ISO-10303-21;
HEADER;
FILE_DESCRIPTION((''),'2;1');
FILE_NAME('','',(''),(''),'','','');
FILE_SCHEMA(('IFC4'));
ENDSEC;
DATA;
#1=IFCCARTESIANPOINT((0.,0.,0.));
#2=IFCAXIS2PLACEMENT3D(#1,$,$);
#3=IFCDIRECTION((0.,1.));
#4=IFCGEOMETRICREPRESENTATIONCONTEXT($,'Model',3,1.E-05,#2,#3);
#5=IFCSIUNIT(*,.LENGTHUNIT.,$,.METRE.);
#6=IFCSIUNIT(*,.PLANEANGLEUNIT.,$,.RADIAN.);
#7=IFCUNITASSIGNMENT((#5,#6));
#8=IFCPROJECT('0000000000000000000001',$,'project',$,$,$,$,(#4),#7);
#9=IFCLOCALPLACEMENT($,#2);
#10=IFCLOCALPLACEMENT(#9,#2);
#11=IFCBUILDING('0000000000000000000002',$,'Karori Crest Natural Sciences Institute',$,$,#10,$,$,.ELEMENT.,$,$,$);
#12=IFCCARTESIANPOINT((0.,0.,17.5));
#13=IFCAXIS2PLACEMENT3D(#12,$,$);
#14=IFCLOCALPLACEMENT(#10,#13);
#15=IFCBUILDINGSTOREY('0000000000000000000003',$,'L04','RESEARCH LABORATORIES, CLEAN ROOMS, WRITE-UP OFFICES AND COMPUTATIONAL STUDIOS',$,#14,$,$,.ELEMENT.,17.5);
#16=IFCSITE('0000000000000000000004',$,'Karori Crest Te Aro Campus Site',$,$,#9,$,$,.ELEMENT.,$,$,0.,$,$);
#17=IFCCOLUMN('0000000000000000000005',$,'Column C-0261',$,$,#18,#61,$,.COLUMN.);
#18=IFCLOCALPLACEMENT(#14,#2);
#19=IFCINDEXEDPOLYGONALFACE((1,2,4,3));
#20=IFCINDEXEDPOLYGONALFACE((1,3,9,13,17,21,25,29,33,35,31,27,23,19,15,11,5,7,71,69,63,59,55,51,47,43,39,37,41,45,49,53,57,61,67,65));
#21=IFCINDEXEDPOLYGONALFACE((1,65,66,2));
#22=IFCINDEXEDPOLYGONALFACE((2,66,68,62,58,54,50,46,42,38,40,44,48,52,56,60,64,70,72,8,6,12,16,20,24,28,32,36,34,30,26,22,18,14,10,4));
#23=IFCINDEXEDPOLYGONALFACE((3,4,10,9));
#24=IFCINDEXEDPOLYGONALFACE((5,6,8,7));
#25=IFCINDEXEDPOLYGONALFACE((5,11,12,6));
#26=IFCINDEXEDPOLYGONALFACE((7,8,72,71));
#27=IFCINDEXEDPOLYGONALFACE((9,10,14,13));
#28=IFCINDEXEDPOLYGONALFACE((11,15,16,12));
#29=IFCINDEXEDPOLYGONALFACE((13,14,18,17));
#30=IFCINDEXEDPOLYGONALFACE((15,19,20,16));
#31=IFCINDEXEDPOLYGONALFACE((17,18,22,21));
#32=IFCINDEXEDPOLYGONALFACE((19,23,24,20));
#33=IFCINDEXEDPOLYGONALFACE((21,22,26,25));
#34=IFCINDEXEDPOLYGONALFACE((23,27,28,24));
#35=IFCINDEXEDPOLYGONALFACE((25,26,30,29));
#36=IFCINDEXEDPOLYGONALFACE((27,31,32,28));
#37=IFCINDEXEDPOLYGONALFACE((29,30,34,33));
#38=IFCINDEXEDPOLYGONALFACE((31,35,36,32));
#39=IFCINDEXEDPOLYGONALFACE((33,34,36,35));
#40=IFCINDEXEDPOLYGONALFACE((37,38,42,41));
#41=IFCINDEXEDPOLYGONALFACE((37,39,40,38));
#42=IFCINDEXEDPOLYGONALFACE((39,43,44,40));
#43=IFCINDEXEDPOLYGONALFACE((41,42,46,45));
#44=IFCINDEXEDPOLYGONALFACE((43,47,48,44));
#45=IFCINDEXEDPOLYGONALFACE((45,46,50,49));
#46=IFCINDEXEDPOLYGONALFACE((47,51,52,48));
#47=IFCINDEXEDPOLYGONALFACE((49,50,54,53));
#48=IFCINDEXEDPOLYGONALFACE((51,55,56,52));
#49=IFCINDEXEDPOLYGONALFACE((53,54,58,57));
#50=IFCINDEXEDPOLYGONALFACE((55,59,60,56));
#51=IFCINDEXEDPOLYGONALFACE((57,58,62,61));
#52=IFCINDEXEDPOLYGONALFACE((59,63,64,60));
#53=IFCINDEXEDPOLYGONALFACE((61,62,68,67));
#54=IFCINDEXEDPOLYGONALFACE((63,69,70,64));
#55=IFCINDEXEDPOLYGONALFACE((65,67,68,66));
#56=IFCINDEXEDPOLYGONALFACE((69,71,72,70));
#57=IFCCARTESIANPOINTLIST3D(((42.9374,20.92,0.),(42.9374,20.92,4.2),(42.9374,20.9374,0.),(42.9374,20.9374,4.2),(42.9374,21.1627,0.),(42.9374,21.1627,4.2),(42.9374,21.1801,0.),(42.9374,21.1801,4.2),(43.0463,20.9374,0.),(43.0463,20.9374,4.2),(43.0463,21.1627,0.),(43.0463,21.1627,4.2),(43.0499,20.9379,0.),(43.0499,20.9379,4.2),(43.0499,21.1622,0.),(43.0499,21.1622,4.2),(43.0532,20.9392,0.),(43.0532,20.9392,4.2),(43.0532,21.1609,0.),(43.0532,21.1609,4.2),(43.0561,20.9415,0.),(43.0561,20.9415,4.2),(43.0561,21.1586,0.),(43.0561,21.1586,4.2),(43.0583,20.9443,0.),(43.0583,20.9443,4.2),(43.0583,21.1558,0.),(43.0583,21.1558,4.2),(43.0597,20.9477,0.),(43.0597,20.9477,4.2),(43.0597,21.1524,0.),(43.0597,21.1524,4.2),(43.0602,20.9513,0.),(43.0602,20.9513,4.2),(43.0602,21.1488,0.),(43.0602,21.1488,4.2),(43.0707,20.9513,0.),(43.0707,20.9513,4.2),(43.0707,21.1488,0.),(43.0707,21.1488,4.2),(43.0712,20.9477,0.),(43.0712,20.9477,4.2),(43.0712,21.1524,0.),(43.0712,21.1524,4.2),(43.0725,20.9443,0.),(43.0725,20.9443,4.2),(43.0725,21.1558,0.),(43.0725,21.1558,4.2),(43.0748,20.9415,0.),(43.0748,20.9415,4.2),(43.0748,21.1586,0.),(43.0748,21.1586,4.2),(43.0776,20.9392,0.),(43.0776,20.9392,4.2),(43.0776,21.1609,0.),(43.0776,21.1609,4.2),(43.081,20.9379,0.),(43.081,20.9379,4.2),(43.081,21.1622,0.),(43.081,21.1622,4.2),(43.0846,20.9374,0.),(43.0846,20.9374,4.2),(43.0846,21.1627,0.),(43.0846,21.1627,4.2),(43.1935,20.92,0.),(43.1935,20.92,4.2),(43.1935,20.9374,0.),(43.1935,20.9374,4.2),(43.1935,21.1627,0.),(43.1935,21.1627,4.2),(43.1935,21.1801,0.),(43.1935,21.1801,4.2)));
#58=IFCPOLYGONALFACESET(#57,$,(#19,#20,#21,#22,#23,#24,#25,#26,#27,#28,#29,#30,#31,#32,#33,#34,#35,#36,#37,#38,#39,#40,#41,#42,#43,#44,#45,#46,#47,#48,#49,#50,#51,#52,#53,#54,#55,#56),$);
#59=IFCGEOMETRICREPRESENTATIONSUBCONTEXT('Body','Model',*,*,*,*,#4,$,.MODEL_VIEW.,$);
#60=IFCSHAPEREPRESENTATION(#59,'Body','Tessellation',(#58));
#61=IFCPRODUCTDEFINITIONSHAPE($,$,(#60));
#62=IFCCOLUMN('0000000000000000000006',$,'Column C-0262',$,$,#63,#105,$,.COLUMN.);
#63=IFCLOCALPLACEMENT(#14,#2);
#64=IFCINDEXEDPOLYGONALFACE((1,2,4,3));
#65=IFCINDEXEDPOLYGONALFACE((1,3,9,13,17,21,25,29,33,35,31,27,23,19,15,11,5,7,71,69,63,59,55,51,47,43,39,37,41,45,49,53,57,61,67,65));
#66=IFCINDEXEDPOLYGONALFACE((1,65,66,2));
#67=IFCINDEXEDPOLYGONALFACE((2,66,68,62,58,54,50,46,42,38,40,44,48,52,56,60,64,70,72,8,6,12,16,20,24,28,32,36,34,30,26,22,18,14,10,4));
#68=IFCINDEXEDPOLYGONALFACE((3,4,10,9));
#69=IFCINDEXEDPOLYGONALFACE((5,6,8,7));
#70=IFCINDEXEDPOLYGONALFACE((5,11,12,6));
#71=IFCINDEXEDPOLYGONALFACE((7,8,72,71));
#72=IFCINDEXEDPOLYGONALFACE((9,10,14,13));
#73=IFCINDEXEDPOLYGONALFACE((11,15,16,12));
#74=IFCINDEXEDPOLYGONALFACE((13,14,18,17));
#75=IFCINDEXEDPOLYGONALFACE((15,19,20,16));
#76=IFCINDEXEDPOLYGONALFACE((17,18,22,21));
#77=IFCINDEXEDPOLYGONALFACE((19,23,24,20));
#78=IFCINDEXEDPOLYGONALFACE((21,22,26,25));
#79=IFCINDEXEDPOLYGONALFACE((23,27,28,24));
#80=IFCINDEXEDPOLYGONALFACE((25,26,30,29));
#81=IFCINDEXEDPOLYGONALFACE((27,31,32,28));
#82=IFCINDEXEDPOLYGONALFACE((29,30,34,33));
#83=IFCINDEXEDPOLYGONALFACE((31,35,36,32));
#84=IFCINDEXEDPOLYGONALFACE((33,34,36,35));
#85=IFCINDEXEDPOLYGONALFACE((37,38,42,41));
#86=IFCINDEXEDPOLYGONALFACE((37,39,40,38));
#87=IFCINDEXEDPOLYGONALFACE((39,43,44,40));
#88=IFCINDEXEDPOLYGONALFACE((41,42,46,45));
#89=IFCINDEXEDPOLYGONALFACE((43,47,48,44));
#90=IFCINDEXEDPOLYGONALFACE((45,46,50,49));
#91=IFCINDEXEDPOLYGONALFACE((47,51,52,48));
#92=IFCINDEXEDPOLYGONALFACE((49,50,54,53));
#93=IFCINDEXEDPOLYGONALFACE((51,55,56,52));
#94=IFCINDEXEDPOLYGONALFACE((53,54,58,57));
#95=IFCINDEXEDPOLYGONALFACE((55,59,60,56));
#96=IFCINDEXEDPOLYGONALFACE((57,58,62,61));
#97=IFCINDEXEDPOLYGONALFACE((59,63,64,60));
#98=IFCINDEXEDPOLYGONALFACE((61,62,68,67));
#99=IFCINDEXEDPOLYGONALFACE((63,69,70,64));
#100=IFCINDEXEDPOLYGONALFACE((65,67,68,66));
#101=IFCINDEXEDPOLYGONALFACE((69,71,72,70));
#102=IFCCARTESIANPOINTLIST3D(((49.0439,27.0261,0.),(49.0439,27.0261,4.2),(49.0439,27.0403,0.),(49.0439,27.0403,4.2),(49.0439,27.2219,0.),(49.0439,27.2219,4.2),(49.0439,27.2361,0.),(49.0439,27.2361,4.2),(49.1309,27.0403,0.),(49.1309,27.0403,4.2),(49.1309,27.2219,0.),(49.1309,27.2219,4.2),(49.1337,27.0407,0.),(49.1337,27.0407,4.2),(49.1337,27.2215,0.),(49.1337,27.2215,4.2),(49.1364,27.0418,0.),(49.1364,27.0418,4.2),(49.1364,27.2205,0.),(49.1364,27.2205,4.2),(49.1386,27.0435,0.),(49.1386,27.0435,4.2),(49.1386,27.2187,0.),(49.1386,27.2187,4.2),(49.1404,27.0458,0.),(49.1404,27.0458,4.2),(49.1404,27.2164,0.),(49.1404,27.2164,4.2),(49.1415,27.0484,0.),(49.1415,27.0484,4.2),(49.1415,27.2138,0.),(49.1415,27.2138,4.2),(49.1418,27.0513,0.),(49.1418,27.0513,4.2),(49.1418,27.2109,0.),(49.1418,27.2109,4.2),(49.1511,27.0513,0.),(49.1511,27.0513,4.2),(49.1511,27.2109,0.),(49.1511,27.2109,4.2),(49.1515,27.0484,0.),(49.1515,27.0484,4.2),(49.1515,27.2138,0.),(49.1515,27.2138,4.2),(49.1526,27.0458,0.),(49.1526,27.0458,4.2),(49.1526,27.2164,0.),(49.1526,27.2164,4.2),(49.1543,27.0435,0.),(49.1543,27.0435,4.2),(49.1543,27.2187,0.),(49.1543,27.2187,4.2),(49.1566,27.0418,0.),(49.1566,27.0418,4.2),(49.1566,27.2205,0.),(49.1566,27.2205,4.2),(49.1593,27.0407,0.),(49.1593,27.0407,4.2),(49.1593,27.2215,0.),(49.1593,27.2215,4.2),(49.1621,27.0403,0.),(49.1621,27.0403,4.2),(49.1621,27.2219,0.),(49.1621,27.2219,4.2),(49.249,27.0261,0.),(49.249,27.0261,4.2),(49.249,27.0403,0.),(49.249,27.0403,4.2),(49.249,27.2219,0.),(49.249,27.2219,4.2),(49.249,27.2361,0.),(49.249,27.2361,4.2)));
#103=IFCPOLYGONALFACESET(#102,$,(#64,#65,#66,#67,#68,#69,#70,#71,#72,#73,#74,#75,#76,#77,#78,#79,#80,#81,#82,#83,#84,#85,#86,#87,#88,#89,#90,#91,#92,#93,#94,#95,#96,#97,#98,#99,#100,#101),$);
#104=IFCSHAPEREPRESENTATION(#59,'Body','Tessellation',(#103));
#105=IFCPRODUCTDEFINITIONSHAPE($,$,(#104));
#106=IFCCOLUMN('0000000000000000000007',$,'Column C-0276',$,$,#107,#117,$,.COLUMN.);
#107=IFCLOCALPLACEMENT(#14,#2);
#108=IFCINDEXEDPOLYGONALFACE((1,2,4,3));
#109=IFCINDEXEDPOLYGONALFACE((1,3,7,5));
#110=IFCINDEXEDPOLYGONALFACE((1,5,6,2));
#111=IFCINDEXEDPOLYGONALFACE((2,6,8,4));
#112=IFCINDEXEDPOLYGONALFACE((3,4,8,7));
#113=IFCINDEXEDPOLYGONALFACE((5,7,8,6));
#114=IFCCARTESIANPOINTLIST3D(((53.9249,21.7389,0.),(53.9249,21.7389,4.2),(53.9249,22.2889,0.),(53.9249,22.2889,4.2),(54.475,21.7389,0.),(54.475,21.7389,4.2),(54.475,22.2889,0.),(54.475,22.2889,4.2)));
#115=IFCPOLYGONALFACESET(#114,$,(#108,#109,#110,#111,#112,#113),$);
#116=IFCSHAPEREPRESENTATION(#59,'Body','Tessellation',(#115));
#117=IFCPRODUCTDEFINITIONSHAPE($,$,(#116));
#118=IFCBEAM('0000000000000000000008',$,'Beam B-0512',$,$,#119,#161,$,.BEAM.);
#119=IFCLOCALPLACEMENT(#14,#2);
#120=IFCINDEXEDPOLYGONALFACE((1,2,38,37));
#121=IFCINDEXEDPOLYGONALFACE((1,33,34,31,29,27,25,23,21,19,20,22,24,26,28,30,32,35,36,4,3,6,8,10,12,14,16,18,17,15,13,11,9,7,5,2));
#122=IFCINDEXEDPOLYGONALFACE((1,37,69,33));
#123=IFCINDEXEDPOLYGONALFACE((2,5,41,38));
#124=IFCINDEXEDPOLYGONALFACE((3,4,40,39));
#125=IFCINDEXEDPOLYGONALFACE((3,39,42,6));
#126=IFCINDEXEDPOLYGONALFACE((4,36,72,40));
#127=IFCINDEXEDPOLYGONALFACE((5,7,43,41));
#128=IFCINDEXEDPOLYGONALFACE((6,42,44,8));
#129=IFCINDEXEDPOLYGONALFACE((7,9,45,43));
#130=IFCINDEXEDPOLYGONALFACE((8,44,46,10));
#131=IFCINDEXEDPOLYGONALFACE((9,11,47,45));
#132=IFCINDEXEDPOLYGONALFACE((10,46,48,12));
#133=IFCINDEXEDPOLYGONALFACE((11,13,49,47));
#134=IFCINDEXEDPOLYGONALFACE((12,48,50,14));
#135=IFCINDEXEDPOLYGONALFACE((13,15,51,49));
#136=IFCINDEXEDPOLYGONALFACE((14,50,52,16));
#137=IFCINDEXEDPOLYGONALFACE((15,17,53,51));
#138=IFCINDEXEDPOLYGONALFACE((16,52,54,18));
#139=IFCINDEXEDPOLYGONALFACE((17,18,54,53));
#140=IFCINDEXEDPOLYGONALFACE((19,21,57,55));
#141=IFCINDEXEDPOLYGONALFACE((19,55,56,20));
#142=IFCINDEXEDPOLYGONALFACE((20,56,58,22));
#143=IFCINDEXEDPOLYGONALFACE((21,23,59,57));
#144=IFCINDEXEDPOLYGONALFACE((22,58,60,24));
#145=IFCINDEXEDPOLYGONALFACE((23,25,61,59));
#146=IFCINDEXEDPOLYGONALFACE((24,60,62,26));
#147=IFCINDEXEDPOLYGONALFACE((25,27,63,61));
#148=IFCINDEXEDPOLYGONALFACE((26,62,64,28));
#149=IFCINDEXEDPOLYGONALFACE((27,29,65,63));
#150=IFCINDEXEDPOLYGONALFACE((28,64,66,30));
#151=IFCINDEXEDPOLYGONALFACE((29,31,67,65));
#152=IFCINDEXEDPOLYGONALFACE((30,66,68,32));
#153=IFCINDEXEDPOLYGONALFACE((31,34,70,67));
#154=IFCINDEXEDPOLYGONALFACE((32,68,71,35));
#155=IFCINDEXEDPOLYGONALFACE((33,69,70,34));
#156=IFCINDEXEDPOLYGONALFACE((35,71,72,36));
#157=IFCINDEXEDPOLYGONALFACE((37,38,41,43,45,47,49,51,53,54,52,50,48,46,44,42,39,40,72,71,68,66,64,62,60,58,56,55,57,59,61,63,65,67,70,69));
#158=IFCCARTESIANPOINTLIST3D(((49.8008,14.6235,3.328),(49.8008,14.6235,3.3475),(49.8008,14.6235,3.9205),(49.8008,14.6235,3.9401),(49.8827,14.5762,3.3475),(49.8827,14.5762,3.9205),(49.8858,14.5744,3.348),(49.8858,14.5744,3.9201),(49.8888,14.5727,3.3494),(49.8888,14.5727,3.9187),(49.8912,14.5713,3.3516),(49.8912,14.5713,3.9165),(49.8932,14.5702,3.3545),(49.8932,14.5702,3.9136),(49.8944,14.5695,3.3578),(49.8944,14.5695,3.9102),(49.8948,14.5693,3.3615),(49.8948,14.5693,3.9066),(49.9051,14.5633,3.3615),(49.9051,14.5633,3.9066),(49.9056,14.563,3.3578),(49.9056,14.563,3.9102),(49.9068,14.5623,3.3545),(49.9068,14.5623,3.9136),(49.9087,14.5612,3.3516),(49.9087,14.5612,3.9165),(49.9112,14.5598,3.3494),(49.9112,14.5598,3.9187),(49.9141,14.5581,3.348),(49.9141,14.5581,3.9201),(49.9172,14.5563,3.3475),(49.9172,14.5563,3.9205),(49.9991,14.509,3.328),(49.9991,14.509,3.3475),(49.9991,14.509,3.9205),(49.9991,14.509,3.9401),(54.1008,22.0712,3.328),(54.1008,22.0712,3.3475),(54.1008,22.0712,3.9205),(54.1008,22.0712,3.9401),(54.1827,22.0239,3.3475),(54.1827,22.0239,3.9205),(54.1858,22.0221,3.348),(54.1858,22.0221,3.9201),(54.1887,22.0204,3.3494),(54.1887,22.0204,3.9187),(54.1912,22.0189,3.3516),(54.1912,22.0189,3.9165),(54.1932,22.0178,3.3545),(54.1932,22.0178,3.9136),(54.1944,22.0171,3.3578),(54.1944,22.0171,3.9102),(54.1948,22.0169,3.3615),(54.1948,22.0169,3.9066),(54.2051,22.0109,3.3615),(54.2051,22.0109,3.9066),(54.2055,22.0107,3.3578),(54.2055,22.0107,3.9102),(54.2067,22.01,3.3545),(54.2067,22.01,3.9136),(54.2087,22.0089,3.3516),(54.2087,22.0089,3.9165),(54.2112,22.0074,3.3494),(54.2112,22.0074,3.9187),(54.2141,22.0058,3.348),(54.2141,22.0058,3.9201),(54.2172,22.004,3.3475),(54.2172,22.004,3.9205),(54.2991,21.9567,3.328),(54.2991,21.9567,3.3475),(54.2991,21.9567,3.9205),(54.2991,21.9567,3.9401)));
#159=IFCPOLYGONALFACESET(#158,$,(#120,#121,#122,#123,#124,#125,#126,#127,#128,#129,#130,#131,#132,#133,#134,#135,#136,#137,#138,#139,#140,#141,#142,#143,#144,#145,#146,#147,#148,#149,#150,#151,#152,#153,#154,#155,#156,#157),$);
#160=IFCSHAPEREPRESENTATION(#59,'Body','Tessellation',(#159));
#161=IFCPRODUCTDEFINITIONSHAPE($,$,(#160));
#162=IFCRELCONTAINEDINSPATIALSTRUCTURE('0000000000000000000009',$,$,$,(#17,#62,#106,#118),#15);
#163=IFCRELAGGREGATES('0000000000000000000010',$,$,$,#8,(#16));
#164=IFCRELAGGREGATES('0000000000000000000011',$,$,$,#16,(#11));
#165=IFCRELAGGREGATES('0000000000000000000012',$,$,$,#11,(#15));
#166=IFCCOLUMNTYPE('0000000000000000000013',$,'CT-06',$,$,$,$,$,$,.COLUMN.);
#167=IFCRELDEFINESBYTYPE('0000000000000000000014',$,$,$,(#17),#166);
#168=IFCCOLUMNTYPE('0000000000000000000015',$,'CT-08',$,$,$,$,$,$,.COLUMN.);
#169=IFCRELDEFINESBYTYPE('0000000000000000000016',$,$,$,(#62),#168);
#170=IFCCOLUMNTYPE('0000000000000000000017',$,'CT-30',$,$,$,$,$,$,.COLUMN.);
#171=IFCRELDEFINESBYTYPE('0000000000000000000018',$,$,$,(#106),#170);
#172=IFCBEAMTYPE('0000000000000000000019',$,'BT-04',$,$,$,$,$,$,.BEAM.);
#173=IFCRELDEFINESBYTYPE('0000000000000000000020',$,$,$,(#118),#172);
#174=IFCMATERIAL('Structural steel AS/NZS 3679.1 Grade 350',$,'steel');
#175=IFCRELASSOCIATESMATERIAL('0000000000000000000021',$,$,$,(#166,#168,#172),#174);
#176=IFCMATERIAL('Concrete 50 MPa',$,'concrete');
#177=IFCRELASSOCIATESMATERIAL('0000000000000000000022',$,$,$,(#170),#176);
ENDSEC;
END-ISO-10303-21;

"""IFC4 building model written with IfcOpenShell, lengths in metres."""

from ifc_helpers import new_model, si_unit, direction, frame, origin, origin_2d, place, context, subcontext, project, spatial, rectangle, i_section, extrude, material, material_profile, profile_set, type_object, element, save


model = new_model("IFC4")

# Units and contexts
model_context = context("Model", 3, precision=1e-05, world=origin(), true_north=direction((0.0, 1.0)))
body_context = subcontext(model_context, "Body", "Model", "MODEL_VIEW")
ifc_project = project(units=[si_unit("LENGTHUNIT", "METRE"), si_unit("PLANEANGLEUNIT", "RADIAN")], contexts=[model_context])

# Site, building, storey
site_placement = place(None, origin())
site = spatial("IfcSite", under=ifc_project, at=site_placement, Name="Karori Crest Te Aro Campus Site", CompositionType="ELEMENT", RefElevation=0.0)
building_placement = place(site_placement, origin())
building = spatial("IfcBuilding", under=site, at=building_placement, Name="Karori Crest Natural Sciences Institute", CompositionType="ELEMENT")
storey_placement = place(building_placement, frame((0.0, 0.0, 17.5)))
storey = spatial("IfcBuildingStorey", under=building, at=storey_placement, Name="L04", Description="RESEARCH LABORATORIES, CLEAN ROOMS, WRITE-UP OFFICES AND COMPUTATIONAL STUDIOS", CompositionType="ELEMENT", Elevation=17.5)

# Columns
ifc_material_1 = material(Name="Structural steel AS/NZS 3679.1 Grade 350", Category="steel")
ifc_material_profile_1 = material_profile(ifc_material_1, i_section(OverallWidth=0.2561, OverallDepth=0.26, WebThickness=0.0105, FlangeThickness=0.0173, FilletRadius=0.0139, at=origin_2d()), Name="250UC89.5")
ifc_profile_set_1 = profile_set([ifc_material_profile_1], Name="Structural steel AS/NZS 3679.1 Grade 350")
column_type_1 = type_object("IfcColumnType", Name="CT-06", PredefinedType="COLUMN", material=ifc_profile_set_1)
column_1_placement = place(storey_placement, frame((43.0654, 21.05, 0.0), z_axis=(0.0, 0.0, 1.0), x_axis=(1.0, 0.0, 0.0)))
element("IfcColumn", 1, at=column_1_placement, inside=storey, type_object=column_type_1, Name="Column C-0261", PredefinedType="COLUMN", context=body_context, shape_type="SweptSolid", body=[
    extrude(i_section(OverallWidth=0.2561, OverallDepth=0.26, WebThickness=0.0105, FlangeThickness=0.0173, FilletRadius=0.0139, at=origin_2d()), origin(), (0.0, 0.0, 1.0), 4.2),
])
ifc_material_profile_2 = material_profile(ifc_material_1, i_section(OverallWidth=0.2051, OverallDepth=0.21, WebThickness=0.0093, FlangeThickness=0.0142, FilletRadius=0.011, at=origin_2d()), Name="200UC59.5")
ifc_profile_set_2 = profile_set([ifc_material_profile_2], Name="Structural steel AS/NZS 3679.1 Grade 350")
column_type_2 = type_object("IfcColumnType", Name="CT-08", PredefinedType="COLUMN", material=ifc_profile_set_2)
column_2_placement = place(storey_placement, frame((49.1465, 27.1311, 0.0), z_axis=(0.0, 0.0, 1.0), x_axis=(1.0, 0.0, 0.0)))
element("IfcColumn", 2, at=column_2_placement, inside=storey, type_object=column_type_2, Name="Column C-0262", PredefinedType="COLUMN", context=body_context, shape_type="SweptSolid", body=[
    extrude(i_section(OverallWidth=0.2051, OverallDepth=0.21, WebThickness=0.0093, FlangeThickness=0.0142, FilletRadius=0.011, at=origin_2d()), origin(), (0.0, 0.0, 1.0), 4.2),
])
ifc_material_2 = material(Name="Concrete 50 MPa", Category="concrete")
ifc_material_profile_3 = material_profile(ifc_material_2, rectangle(XDim=0.55, YDim=0.55, at=origin_2d()), Name="RC550x550")
ifc_profile_set_3 = profile_set([ifc_material_profile_3], Name="Concrete 50 MPa")
column_type_3 = type_object("IfcColumnType", Name="CT-30", PredefinedType="COLUMN", material=ifc_profile_set_3)
column_3_placement = place(storey_placement, frame((54.2, 22.0139, 0.0), z_axis=(0.0, 0.0, 1.0), x_axis=(1.0, 0.0, 0.0)))
element("IfcColumn", 3, at=column_3_placement, inside=storey, type_object=column_type_3, Name="Column C-0276", PredefinedType="COLUMN", context=body_context, shape_type="SweptSolid", body=[
    extrude(rectangle(XDim=0.55, YDim=0.55, at=origin_2d()), origin(), (0.0, 0.0, 1.0), 4.2),
])

# Beam
ifc_material_profile_4 = material_profile(ifc_material_1, i_section(OverallWidth=0.229, OverallDepth=0.6121, WebThickness=0.012, FlangeThickness=0.0195, FilletRadius=0.0139, at=origin_2d()), Name="610UB125")
ifc_profile_set_4 = profile_set([ifc_material_profile_4], Name="Structural steel AS/NZS 3679.1 Grade 350")
beam_type_1 = type_object("IfcBeamType", Name="BT-04", PredefinedType="BEAM", material=ifc_profile_set_4)
beam_1_placement = place(storey_placement, frame((54.2, 22.0139, 3.634), z_axis=(-0.500008, -0.866021, 0.0), x_axis=(0.866021, -0.500008, 0.0)))
element("IfcBeam", 4, at=beam_1_placement, inside=storey, type_object=beam_type_1, Name="Beam B-0512", PredefinedType="BEAM", context=body_context, shape_type="SweptSolid", body=[
    extrude(i_section(OverallWidth=0.229, OverallDepth=0.6121, WebThickness=0.012, FlangeThickness=0.0195, FilletRadius=0.0139, at=origin_2d()), origin(), (0.0, 0.0, 1.0), 8.5999),
])

save(model, "model.ifc")
